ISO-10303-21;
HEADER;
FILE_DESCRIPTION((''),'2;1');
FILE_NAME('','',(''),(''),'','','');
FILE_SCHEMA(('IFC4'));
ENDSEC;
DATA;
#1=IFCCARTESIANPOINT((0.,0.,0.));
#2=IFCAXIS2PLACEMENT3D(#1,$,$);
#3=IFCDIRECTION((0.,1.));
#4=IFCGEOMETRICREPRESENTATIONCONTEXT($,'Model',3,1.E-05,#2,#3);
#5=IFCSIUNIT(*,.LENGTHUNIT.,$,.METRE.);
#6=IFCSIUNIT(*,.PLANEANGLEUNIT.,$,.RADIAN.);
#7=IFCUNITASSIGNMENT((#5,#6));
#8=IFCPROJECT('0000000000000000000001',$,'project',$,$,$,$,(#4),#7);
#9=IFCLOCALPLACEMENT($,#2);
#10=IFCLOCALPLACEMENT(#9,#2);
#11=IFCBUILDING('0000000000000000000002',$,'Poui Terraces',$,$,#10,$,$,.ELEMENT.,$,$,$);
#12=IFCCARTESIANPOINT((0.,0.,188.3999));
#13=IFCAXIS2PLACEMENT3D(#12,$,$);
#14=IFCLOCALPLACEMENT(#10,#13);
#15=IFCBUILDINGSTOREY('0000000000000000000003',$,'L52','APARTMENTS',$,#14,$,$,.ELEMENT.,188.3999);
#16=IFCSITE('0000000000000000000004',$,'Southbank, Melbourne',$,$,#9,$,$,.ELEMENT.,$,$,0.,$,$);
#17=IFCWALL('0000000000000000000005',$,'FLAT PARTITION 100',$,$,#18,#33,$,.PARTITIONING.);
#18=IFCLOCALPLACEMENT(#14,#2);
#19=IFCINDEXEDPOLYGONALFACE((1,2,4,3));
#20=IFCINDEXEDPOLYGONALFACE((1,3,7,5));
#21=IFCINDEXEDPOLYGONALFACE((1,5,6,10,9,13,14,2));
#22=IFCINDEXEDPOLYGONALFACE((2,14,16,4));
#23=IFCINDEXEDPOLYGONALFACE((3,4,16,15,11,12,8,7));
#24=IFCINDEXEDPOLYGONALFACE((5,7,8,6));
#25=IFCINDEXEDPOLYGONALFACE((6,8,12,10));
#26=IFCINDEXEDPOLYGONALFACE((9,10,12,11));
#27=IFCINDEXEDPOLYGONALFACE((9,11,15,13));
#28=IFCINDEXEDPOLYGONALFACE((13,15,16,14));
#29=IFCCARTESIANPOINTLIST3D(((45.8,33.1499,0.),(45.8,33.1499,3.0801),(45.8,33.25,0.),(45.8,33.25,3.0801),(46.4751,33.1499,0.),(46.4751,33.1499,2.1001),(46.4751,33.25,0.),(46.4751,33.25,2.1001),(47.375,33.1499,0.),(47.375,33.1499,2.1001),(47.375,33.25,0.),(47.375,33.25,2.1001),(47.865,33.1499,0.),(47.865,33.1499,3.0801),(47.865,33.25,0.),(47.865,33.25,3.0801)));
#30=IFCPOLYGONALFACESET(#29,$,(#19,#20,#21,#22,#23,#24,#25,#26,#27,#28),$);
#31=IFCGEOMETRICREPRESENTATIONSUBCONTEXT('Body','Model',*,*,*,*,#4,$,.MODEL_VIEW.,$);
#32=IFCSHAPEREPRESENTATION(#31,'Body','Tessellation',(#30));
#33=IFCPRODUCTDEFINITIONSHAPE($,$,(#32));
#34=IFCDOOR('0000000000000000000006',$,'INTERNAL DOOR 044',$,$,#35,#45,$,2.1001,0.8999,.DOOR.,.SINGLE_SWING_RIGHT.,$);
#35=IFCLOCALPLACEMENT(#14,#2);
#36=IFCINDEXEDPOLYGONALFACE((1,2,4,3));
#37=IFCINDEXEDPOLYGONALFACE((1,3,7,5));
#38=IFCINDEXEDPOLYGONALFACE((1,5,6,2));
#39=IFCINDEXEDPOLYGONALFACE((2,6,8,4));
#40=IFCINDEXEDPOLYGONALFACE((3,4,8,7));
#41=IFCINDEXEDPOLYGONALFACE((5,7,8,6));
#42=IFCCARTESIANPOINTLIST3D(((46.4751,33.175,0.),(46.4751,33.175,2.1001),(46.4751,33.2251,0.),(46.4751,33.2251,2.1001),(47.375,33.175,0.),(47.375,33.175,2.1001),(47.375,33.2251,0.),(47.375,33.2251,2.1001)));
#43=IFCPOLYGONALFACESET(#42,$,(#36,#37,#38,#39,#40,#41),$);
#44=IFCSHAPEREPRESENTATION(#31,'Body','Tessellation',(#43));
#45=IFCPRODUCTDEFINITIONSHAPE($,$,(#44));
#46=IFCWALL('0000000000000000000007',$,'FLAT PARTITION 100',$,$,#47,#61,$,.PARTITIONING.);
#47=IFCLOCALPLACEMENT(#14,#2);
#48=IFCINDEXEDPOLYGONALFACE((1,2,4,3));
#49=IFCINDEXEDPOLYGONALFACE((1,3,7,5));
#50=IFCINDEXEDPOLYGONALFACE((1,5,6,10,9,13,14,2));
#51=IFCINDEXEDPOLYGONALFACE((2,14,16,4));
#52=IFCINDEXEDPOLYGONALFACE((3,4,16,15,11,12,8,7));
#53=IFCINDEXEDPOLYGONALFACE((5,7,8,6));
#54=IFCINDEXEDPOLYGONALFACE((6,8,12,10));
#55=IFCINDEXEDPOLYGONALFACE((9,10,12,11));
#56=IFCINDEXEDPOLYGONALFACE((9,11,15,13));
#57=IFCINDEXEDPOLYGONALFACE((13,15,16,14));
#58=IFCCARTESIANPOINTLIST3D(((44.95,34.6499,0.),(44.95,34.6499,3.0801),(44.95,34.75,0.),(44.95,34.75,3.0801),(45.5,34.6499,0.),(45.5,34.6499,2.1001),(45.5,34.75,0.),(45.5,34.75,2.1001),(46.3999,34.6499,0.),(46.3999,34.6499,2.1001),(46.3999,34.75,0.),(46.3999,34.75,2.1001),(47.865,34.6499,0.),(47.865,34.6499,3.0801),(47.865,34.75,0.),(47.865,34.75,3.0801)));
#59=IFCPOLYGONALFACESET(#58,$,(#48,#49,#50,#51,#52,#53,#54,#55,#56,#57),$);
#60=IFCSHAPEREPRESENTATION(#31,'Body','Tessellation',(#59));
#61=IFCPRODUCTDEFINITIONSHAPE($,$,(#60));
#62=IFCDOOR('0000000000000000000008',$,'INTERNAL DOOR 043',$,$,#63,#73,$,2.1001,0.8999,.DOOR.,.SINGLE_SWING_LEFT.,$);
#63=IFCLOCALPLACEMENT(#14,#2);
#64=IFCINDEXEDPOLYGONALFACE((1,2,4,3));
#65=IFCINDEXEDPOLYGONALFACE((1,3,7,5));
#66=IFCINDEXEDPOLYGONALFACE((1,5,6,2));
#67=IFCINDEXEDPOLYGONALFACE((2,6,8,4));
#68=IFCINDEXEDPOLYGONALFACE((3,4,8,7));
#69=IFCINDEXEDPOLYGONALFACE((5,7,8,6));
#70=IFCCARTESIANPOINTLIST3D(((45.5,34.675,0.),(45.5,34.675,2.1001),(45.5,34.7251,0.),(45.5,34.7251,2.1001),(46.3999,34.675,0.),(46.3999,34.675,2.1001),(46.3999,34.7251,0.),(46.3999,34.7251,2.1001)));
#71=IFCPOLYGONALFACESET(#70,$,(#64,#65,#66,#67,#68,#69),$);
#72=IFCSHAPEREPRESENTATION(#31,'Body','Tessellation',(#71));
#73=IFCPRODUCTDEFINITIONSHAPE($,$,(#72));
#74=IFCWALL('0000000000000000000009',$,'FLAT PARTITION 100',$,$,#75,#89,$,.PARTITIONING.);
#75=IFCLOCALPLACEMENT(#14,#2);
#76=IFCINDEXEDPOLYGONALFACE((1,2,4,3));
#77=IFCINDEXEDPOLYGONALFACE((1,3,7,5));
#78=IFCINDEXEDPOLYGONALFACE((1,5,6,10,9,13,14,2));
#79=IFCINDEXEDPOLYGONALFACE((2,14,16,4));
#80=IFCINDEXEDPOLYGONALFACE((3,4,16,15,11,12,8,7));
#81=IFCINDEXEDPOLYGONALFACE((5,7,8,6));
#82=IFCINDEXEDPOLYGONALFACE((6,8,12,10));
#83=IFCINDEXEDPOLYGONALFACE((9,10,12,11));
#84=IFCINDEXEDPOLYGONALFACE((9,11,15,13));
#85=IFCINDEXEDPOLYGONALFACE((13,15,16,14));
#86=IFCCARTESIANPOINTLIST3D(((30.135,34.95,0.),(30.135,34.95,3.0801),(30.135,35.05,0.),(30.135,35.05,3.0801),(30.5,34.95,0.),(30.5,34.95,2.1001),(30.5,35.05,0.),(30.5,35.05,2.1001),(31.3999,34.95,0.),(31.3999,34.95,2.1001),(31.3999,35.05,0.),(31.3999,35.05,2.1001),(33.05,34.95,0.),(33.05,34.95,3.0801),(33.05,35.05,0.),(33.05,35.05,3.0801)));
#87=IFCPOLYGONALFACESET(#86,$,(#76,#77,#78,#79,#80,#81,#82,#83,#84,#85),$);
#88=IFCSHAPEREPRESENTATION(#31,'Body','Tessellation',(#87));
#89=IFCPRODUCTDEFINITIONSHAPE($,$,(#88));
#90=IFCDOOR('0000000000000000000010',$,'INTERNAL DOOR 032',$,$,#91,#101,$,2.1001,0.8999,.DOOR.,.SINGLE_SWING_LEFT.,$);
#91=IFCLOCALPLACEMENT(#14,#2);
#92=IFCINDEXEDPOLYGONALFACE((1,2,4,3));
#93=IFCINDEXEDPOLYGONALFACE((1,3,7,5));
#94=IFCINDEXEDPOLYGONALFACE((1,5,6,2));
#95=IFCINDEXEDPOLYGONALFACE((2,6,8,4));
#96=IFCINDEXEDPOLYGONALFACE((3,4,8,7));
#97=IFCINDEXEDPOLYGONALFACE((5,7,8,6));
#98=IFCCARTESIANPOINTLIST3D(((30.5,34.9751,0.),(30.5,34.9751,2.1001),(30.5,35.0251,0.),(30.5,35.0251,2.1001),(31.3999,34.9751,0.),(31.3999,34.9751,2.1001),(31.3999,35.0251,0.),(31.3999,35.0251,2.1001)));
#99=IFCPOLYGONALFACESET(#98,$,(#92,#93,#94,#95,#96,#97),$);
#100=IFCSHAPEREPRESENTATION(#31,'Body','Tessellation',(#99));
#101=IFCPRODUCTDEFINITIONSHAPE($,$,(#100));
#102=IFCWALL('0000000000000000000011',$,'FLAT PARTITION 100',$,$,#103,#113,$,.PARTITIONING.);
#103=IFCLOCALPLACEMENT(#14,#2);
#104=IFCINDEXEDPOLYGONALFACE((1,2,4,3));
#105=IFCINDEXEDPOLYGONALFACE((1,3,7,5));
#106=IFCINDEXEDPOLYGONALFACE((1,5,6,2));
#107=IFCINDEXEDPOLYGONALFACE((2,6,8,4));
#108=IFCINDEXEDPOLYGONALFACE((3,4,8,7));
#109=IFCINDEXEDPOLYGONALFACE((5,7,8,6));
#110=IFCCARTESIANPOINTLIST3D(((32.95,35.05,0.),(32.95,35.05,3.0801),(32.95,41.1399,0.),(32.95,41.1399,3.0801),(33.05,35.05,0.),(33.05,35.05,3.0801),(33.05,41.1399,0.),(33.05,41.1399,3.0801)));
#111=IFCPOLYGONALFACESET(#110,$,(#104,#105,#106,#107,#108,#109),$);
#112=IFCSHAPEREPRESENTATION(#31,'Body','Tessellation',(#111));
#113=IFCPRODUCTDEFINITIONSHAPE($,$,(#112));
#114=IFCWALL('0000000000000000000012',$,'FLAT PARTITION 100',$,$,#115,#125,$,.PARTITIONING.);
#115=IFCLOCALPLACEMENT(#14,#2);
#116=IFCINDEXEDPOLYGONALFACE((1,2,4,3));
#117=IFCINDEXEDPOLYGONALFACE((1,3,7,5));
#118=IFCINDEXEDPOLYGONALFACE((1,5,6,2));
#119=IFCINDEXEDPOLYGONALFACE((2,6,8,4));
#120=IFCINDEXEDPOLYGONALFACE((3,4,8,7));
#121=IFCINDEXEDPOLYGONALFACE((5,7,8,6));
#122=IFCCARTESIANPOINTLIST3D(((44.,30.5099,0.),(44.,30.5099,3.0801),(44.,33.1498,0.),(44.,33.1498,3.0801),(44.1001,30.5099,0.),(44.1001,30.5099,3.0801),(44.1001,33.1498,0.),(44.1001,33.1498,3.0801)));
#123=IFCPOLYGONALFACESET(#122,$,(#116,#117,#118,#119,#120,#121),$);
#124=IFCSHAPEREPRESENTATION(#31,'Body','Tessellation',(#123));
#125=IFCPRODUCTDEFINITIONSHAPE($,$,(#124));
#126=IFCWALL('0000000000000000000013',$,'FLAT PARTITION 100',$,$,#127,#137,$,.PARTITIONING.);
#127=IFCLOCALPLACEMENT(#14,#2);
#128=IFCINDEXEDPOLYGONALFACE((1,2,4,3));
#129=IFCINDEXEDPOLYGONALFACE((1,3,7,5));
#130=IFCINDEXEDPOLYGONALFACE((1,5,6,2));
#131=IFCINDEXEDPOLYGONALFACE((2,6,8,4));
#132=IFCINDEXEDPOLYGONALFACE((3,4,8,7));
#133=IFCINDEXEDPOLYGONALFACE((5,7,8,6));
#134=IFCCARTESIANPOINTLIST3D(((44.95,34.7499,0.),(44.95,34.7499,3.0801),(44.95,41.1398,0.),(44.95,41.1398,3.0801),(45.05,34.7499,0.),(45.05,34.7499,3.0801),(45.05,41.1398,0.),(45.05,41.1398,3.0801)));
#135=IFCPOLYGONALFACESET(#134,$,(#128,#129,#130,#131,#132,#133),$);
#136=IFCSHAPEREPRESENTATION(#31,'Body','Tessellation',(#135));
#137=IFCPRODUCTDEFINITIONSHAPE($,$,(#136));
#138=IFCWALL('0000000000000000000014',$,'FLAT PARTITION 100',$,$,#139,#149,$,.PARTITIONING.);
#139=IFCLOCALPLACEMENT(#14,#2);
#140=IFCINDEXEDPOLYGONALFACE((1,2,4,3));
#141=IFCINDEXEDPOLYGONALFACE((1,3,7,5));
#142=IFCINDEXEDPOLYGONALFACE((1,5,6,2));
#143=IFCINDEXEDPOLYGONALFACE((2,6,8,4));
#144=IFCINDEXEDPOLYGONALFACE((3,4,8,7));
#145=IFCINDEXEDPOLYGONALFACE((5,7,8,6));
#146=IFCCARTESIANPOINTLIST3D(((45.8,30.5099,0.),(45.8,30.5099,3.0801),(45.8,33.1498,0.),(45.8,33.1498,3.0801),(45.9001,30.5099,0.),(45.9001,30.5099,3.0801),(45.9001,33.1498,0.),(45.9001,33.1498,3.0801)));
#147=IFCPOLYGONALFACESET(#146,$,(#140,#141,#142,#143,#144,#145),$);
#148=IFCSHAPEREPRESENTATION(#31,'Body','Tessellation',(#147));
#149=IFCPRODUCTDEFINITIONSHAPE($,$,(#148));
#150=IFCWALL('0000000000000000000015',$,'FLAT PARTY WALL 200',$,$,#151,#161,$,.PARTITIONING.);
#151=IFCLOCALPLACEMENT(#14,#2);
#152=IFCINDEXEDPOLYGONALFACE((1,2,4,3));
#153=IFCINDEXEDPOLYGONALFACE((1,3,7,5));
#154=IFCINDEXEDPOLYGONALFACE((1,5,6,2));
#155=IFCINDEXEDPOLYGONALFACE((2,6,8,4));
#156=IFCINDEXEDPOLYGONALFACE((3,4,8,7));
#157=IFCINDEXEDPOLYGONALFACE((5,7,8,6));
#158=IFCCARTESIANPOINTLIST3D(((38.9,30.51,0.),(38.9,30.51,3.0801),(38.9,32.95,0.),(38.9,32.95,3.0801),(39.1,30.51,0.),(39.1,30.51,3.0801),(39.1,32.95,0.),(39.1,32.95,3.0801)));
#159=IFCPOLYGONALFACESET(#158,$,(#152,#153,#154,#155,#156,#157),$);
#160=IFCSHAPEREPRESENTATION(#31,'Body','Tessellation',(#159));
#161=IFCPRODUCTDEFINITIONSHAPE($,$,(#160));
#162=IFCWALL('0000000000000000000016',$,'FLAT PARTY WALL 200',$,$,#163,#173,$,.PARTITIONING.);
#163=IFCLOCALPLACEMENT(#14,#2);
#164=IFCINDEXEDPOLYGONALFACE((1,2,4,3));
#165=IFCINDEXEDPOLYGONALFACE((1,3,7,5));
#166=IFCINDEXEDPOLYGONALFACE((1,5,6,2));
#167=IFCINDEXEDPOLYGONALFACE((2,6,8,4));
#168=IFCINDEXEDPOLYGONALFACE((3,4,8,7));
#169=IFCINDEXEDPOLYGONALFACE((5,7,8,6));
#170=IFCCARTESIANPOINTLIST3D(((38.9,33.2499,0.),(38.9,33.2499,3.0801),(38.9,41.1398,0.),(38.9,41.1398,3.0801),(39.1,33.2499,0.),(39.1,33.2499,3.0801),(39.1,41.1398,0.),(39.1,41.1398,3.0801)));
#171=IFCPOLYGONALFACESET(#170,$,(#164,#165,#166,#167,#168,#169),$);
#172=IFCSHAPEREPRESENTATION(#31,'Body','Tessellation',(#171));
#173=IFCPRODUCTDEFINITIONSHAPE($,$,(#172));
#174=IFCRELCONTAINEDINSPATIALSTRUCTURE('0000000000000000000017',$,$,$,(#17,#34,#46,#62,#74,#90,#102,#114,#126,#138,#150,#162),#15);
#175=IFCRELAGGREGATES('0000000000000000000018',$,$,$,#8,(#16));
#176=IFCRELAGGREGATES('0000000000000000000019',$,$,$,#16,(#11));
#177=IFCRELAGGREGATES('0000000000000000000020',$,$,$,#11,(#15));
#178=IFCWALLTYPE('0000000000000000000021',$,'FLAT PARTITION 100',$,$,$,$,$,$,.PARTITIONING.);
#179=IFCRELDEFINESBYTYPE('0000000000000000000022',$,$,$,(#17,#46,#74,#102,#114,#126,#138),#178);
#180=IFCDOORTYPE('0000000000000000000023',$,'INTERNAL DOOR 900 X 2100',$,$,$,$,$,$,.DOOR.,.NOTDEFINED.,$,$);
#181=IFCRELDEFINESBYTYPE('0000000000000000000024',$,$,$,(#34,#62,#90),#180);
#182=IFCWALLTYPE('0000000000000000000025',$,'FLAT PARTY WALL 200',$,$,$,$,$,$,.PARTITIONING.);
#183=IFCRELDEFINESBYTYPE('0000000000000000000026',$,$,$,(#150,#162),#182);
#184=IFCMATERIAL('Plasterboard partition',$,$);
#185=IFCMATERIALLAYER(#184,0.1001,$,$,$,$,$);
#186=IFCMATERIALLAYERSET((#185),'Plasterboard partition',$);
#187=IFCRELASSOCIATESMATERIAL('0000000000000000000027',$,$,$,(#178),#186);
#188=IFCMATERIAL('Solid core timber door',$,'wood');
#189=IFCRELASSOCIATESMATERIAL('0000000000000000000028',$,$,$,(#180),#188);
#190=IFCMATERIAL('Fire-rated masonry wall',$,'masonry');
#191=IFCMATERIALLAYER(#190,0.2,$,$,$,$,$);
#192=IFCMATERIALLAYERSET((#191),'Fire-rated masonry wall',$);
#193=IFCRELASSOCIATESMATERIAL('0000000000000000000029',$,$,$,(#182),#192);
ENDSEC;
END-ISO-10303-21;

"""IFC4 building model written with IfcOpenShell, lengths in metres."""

from ifc_helpers import new_model, si_unit, direction, frame, frame_2d, origin, place, context, subcontext, project, spatial, rectangle, extrude, material, layer, layer_set, type_object, element, fill, save


model = new_model("IFC4")

# Units and contexts
model_context = context("Model", 3, precision=1e-05, world=origin(), true_north=direction((0.0, 1.0)))
body_context = subcontext(model_context, "Body", "Model", "MODEL_VIEW")
ifc_project = project(units=[si_unit("LENGTHUNIT", "METRE"), si_unit("PLANEANGLEUNIT", "RADIAN")], contexts=[model_context])

# Site, building, storey
site_placement = place(None, origin())
site = spatial("IfcSite", under=ifc_project, at=site_placement, Name="Southbank, Melbourne", CompositionType="ELEMENT", RefElevation=0.0)
building_placement = place(site_placement, origin())
building = spatial("IfcBuilding", under=site, at=building_placement, Name="Poui Terraces", CompositionType="ELEMENT")
storey_placement = place(building_placement, frame((0.0, 0.0, 188.3999)))
storey = spatial("IfcBuildingStorey", under=building, at=storey_placement, Name="L52", Description="APARTMENTS", CompositionType="ELEMENT", Elevation=188.3999)

# Walls, openings, doors
ifc_material_1 = material(Name="Plasterboard partition")
ifc_layer_1 = layer(ifc_material_1, 0.1001)
ifc_layer_set_1 = layer_set([ifc_layer_1], Name="Plasterboard partition")
wall_type_1 = type_object("IfcWallType", Name="FLAT PARTITION 100", PredefinedType="PARTITIONING", material=ifc_layer_set_1)
ifc_material_2 = material(Name="Solid core timber door", Category="wood")
door_type_1 = type_object("IfcDoorType", Name="INTERNAL DOOR 900 X 2100", OperationType="NOTDEFINED", PredefinedType="DOOR", material=ifc_material_2)
wall_1_placement = place(storey_placement, frame((45.8, 33.2, 0.0), z_axis=(0.0, 0.0, 1.0), x_axis=(1.0, 0.0, 0.0)))
wall_1 = element("IfcWall", 1, at=wall_1_placement, inside=storey, type_object=wall_type_1, Name="FLAT PARTITION 100", PredefinedType="PARTITIONING", context=body_context, shape_type="SweptSolid", body=[
    extrude(rectangle(XDim=2.0649, YDim=0.1001, at=frame_2d((1.0325, 0.0))), origin(), (0.0, 0.0, 1.0), 3.0801),
])
opening_1_placement = place(wall_1_placement, frame((0.675, 0.0, 0.0)))
opening_1 = element("IfcOpeningElement", 2, at=opening_1_placement, cuts=wall_1, PredefinedType="OPENING", context=body_context, shape_type="SweptSolid", body=[
    extrude(rectangle(XDim=0.8999, YDim=2.1001, at=frame_2d((0.45, 1.05))), frame((0.0, 0.0601, 0.0), z_axis=(0.0, -1.0, 0.0), x_axis=(1.0, 0.0, 0.0)), (0.0, 0.0, 1.0), 0.1201),
])
door_1_placement = place(opening_1_placement, frame((0.8999, 0.0, 0.0), z_axis=(0.0, 0.0, 1.0), x_axis=(-1.0, 0.0, 0.0)))
door_1 = element("IfcDoor", 3, at=door_1_placement, inside=storey, type_object=door_type_1, Name="INTERNAL DOOR 044", OperationType="SINGLE_SWING_RIGHT", OverallHeight=2.1001, OverallWidth=0.8999, PredefinedType="DOOR", context=body_context, shape_type="SweptSolid", body=[
    extrude(rectangle(XDim=0.8999, YDim=2.1001, at=frame_2d((0.45, 1.05))), frame((0.0, 0.0249, 0.0), z_axis=(0.0, -1.0, 0.0), x_axis=(1.0, 0.0, 0.0)), (0.0, 0.0, 1.0), 0.05),
])
fill(opening_1, door_1)
wall_2_placement = place(storey_placement, frame((44.95, 34.7, 0.0), z_axis=(0.0, 0.0, 1.0), x_axis=(1.0, 0.0, 0.0)))
wall_2 = element("IfcWall", 4, at=wall_2_placement, inside=storey, type_object=wall_type_1, Name="FLAT PARTITION 100", PredefinedType="PARTITIONING", context=body_context, shape_type="SweptSolid", body=[
    extrude(rectangle(XDim=2.915, YDim=0.1001, at=frame_2d((1.4575, 0.0))), origin(), (0.0, 0.0, 1.0), 3.0801),
])
opening_2_placement = place(wall_2_placement, frame((0.55, 0.0, 0.0)))
opening_2 = element("IfcOpeningElement", 5, at=opening_2_placement, cuts=wall_2, PredefinedType="OPENING", context=body_context, shape_type="SweptSolid", body=[
    extrude(rectangle(XDim=0.8999, YDim=2.1001, at=frame_2d((0.45, 1.05))), frame((0.0, 0.0601, 0.0), z_axis=(0.0, -1.0, 0.0), x_axis=(1.0, 0.0, 0.0)), (0.0, 0.0, 1.0), 0.1201),
])
door_2_placement = place(opening_2_placement, frame((0.8999, 0.0, 0.0), z_axis=(0.0, 0.0, 1.0), x_axis=(-1.0, 0.0, 0.0)))
door_2 = element("IfcDoor", 6, at=door_2_placement, inside=storey, type_object=door_type_1, Name="INTERNAL DOOR 043", OperationType="SINGLE_SWING_LEFT", OverallHeight=2.1001, OverallWidth=0.8999, PredefinedType="DOOR", context=body_context, shape_type="SweptSolid", body=[
    extrude(rectangle(XDim=0.8999, YDim=2.1001, at=frame_2d((0.45, 1.05))), frame((0.0, 0.0249, 0.0), z_axis=(0.0, -1.0, 0.0), x_axis=(1.0, 0.0, 0.0)), (0.0, 0.0, 1.0), 0.05),
])
fill(opening_2, door_2)
wall_3_placement = place(storey_placement, frame((30.135, 35.0, 0.0), z_axis=(0.0, 0.0, 1.0), x_axis=(1.0, 0.0, 0.0)))
wall_3 = element("IfcWall", 7, at=wall_3_placement, inside=storey, type_object=wall_type_1, Name="FLAT PARTITION 100", PredefinedType="PARTITIONING", context=body_context, shape_type="SweptSolid", body=[
    extrude(rectangle(XDim=2.915, YDim=0.1001, at=frame_2d((1.4575, 0.0))), origin(), (0.0, 0.0, 1.0), 3.0801),
])
opening_3_placement = place(wall_3_placement, frame((0.365, 0.0, 0.0)))
opening_3 = element("IfcOpeningElement", 8, at=opening_3_placement, cuts=wall_3, PredefinedType="OPENING", context=body_context, shape_type="SweptSolid", body=[
    extrude(rectangle(XDim=0.8999, YDim=2.1001, at=frame_2d((0.45, 1.05))), frame((0.0, 0.0601, 0.0), z_axis=(0.0, -1.0, 0.0), x_axis=(1.0, 0.0, 0.0)), (0.0, 0.0, 1.0), 0.1201),
])
door_3_placement = place(opening_3_placement, frame((0.8999, 0.0, 0.0), z_axis=(0.0, 0.0, 1.0), x_axis=(-1.0, 0.0, 0.0)))
door_3 = element("IfcDoor", 9, at=door_3_placement, inside=storey, type_object=door_type_1, Name="INTERNAL DOOR 032", OperationType="SINGLE_SWING_LEFT", OverallHeight=2.1001, OverallWidth=0.8999, PredefinedType="DOOR", context=body_context, shape_type="SweptSolid", body=[
    extrude(rectangle(XDim=0.8999, YDim=2.1001, at=frame_2d((0.45, 1.05))), frame((0.0, 0.0249, 0.0), z_axis=(0.0, -1.0, 0.0), x_axis=(1.0, 0.0, 0.0)), (0.0, 0.0, 1.0), 0.05),
])
fill(opening_3, door_3)

# Walls
wall_4_placement = place(storey_placement, frame((33.0, 35.05, 0.0), z_axis=(0.0, 0.0, 1.0), x_axis=(0.0, 1.0, 0.0)))
element("IfcWall", 10, at=wall_4_placement, inside=storey, type_object=wall_type_1, Name="FLAT PARTITION 100", PredefinedType="PARTITIONING", context=body_context, shape_type="SweptSolid", body=[
    extrude(rectangle(XDim=6.0898, YDim=0.1001, at=frame_2d((3.0449, 0.0))), origin(), (0.0, 0.0, 1.0), 3.0801),
])
wall_5_placement = place(storey_placement, frame((44.05, 30.51, 0.0), z_axis=(0.0, 0.0, 1.0), x_axis=(0.0, 1.0, 0.0)))
element("IfcWall", 11, at=wall_5_placement, inside=storey, type_object=wall_type_1, Name="FLAT PARTITION 100", PredefinedType="PARTITIONING", context=body_context, shape_type="SweptSolid", body=[
    extrude(rectangle(XDim=2.6399, YDim=0.1001, at=frame_2d((1.3198, 0.0))), origin(), (0.0, 0.0, 1.0), 3.0801),
])
wall_6_placement = place(storey_placement, frame((45.0, 34.75, 0.0), z_axis=(0.0, 0.0, 1.0), x_axis=(0.0, 1.0, 0.0)))
element("IfcWall", 12, at=wall_6_placement, inside=storey, type_object=wall_type_1, Name="FLAT PARTITION 100", PredefinedType="PARTITIONING", context=body_context, shape_type="SweptSolid", body=[
    extrude(rectangle(XDim=6.3899, YDim=0.1001, at=frame_2d((3.1948, 0.0))), origin(), (0.0, 0.0, 1.0), 3.0801),
])
wall_7_placement = place(storey_placement, frame((45.8501, 30.51, 0.0), z_axis=(0.0, 0.0, 1.0), x_axis=(0.0, 1.0, 0.0)))
element("IfcWall", 13, at=wall_7_placement, inside=storey, type_object=wall_type_1, Name="FLAT PARTITION 100", PredefinedType="PARTITIONING", context=body_context, shape_type="SweptSolid", body=[
    extrude(rectangle(XDim=2.6399, YDim=0.1001, at=frame_2d((1.3198, 0.0))), origin(), (0.0, 0.0, 1.0), 3.0801),
])
ifc_material_3 = material(Name="Fire-rated masonry wall", Category="masonry")
ifc_layer_2 = layer(ifc_material_3, 0.2)
ifc_layer_set_2 = layer_set([ifc_layer_2], Name="Fire-rated masonry wall")
wall_type_2 = type_object("IfcWallType", Name="FLAT PARTY WALL 200", PredefinedType="PARTITIONING", material=ifc_layer_set_2)
wall_8_placement = place(storey_placement, frame((39.0, 30.51, 0.0), z_axis=(0.0, 0.0, 1.0), x_axis=(0.0, 1.0, 0.0)))
element("IfcWall", 14, at=wall_8_placement, inside=storey, type_object=wall_type_2, Name="FLAT PARTY WALL 200", PredefinedType="PARTITIONING", context=body_context, shape_type="SweptSolid", body=[
    extrude(rectangle(XDim=2.4399, YDim=0.2, at=frame_2d((1.22, 0.0))), origin(), (0.0, 0.0, 1.0), 3.0801),
])
wall_9_placement = place(storey_placement, frame((39.0, 33.25, 0.0), z_axis=(0.0, 0.0, 1.0), x_axis=(0.0, 1.0, 0.0)))
element("IfcWall", 15, at=wall_9_placement, inside=storey, type_object=wall_type_2, Name="FLAT PARTY WALL 200", PredefinedType="PARTITIONING", context=body_context, shape_type="SweptSolid", body=[
    extrude(rectangle(XDim=7.8899, YDim=0.2, at=frame_2d((3.9448, 0.0))), origin(), (0.0, 0.0, 1.0), 3.0801),
])

save(model, "model.ifc")
